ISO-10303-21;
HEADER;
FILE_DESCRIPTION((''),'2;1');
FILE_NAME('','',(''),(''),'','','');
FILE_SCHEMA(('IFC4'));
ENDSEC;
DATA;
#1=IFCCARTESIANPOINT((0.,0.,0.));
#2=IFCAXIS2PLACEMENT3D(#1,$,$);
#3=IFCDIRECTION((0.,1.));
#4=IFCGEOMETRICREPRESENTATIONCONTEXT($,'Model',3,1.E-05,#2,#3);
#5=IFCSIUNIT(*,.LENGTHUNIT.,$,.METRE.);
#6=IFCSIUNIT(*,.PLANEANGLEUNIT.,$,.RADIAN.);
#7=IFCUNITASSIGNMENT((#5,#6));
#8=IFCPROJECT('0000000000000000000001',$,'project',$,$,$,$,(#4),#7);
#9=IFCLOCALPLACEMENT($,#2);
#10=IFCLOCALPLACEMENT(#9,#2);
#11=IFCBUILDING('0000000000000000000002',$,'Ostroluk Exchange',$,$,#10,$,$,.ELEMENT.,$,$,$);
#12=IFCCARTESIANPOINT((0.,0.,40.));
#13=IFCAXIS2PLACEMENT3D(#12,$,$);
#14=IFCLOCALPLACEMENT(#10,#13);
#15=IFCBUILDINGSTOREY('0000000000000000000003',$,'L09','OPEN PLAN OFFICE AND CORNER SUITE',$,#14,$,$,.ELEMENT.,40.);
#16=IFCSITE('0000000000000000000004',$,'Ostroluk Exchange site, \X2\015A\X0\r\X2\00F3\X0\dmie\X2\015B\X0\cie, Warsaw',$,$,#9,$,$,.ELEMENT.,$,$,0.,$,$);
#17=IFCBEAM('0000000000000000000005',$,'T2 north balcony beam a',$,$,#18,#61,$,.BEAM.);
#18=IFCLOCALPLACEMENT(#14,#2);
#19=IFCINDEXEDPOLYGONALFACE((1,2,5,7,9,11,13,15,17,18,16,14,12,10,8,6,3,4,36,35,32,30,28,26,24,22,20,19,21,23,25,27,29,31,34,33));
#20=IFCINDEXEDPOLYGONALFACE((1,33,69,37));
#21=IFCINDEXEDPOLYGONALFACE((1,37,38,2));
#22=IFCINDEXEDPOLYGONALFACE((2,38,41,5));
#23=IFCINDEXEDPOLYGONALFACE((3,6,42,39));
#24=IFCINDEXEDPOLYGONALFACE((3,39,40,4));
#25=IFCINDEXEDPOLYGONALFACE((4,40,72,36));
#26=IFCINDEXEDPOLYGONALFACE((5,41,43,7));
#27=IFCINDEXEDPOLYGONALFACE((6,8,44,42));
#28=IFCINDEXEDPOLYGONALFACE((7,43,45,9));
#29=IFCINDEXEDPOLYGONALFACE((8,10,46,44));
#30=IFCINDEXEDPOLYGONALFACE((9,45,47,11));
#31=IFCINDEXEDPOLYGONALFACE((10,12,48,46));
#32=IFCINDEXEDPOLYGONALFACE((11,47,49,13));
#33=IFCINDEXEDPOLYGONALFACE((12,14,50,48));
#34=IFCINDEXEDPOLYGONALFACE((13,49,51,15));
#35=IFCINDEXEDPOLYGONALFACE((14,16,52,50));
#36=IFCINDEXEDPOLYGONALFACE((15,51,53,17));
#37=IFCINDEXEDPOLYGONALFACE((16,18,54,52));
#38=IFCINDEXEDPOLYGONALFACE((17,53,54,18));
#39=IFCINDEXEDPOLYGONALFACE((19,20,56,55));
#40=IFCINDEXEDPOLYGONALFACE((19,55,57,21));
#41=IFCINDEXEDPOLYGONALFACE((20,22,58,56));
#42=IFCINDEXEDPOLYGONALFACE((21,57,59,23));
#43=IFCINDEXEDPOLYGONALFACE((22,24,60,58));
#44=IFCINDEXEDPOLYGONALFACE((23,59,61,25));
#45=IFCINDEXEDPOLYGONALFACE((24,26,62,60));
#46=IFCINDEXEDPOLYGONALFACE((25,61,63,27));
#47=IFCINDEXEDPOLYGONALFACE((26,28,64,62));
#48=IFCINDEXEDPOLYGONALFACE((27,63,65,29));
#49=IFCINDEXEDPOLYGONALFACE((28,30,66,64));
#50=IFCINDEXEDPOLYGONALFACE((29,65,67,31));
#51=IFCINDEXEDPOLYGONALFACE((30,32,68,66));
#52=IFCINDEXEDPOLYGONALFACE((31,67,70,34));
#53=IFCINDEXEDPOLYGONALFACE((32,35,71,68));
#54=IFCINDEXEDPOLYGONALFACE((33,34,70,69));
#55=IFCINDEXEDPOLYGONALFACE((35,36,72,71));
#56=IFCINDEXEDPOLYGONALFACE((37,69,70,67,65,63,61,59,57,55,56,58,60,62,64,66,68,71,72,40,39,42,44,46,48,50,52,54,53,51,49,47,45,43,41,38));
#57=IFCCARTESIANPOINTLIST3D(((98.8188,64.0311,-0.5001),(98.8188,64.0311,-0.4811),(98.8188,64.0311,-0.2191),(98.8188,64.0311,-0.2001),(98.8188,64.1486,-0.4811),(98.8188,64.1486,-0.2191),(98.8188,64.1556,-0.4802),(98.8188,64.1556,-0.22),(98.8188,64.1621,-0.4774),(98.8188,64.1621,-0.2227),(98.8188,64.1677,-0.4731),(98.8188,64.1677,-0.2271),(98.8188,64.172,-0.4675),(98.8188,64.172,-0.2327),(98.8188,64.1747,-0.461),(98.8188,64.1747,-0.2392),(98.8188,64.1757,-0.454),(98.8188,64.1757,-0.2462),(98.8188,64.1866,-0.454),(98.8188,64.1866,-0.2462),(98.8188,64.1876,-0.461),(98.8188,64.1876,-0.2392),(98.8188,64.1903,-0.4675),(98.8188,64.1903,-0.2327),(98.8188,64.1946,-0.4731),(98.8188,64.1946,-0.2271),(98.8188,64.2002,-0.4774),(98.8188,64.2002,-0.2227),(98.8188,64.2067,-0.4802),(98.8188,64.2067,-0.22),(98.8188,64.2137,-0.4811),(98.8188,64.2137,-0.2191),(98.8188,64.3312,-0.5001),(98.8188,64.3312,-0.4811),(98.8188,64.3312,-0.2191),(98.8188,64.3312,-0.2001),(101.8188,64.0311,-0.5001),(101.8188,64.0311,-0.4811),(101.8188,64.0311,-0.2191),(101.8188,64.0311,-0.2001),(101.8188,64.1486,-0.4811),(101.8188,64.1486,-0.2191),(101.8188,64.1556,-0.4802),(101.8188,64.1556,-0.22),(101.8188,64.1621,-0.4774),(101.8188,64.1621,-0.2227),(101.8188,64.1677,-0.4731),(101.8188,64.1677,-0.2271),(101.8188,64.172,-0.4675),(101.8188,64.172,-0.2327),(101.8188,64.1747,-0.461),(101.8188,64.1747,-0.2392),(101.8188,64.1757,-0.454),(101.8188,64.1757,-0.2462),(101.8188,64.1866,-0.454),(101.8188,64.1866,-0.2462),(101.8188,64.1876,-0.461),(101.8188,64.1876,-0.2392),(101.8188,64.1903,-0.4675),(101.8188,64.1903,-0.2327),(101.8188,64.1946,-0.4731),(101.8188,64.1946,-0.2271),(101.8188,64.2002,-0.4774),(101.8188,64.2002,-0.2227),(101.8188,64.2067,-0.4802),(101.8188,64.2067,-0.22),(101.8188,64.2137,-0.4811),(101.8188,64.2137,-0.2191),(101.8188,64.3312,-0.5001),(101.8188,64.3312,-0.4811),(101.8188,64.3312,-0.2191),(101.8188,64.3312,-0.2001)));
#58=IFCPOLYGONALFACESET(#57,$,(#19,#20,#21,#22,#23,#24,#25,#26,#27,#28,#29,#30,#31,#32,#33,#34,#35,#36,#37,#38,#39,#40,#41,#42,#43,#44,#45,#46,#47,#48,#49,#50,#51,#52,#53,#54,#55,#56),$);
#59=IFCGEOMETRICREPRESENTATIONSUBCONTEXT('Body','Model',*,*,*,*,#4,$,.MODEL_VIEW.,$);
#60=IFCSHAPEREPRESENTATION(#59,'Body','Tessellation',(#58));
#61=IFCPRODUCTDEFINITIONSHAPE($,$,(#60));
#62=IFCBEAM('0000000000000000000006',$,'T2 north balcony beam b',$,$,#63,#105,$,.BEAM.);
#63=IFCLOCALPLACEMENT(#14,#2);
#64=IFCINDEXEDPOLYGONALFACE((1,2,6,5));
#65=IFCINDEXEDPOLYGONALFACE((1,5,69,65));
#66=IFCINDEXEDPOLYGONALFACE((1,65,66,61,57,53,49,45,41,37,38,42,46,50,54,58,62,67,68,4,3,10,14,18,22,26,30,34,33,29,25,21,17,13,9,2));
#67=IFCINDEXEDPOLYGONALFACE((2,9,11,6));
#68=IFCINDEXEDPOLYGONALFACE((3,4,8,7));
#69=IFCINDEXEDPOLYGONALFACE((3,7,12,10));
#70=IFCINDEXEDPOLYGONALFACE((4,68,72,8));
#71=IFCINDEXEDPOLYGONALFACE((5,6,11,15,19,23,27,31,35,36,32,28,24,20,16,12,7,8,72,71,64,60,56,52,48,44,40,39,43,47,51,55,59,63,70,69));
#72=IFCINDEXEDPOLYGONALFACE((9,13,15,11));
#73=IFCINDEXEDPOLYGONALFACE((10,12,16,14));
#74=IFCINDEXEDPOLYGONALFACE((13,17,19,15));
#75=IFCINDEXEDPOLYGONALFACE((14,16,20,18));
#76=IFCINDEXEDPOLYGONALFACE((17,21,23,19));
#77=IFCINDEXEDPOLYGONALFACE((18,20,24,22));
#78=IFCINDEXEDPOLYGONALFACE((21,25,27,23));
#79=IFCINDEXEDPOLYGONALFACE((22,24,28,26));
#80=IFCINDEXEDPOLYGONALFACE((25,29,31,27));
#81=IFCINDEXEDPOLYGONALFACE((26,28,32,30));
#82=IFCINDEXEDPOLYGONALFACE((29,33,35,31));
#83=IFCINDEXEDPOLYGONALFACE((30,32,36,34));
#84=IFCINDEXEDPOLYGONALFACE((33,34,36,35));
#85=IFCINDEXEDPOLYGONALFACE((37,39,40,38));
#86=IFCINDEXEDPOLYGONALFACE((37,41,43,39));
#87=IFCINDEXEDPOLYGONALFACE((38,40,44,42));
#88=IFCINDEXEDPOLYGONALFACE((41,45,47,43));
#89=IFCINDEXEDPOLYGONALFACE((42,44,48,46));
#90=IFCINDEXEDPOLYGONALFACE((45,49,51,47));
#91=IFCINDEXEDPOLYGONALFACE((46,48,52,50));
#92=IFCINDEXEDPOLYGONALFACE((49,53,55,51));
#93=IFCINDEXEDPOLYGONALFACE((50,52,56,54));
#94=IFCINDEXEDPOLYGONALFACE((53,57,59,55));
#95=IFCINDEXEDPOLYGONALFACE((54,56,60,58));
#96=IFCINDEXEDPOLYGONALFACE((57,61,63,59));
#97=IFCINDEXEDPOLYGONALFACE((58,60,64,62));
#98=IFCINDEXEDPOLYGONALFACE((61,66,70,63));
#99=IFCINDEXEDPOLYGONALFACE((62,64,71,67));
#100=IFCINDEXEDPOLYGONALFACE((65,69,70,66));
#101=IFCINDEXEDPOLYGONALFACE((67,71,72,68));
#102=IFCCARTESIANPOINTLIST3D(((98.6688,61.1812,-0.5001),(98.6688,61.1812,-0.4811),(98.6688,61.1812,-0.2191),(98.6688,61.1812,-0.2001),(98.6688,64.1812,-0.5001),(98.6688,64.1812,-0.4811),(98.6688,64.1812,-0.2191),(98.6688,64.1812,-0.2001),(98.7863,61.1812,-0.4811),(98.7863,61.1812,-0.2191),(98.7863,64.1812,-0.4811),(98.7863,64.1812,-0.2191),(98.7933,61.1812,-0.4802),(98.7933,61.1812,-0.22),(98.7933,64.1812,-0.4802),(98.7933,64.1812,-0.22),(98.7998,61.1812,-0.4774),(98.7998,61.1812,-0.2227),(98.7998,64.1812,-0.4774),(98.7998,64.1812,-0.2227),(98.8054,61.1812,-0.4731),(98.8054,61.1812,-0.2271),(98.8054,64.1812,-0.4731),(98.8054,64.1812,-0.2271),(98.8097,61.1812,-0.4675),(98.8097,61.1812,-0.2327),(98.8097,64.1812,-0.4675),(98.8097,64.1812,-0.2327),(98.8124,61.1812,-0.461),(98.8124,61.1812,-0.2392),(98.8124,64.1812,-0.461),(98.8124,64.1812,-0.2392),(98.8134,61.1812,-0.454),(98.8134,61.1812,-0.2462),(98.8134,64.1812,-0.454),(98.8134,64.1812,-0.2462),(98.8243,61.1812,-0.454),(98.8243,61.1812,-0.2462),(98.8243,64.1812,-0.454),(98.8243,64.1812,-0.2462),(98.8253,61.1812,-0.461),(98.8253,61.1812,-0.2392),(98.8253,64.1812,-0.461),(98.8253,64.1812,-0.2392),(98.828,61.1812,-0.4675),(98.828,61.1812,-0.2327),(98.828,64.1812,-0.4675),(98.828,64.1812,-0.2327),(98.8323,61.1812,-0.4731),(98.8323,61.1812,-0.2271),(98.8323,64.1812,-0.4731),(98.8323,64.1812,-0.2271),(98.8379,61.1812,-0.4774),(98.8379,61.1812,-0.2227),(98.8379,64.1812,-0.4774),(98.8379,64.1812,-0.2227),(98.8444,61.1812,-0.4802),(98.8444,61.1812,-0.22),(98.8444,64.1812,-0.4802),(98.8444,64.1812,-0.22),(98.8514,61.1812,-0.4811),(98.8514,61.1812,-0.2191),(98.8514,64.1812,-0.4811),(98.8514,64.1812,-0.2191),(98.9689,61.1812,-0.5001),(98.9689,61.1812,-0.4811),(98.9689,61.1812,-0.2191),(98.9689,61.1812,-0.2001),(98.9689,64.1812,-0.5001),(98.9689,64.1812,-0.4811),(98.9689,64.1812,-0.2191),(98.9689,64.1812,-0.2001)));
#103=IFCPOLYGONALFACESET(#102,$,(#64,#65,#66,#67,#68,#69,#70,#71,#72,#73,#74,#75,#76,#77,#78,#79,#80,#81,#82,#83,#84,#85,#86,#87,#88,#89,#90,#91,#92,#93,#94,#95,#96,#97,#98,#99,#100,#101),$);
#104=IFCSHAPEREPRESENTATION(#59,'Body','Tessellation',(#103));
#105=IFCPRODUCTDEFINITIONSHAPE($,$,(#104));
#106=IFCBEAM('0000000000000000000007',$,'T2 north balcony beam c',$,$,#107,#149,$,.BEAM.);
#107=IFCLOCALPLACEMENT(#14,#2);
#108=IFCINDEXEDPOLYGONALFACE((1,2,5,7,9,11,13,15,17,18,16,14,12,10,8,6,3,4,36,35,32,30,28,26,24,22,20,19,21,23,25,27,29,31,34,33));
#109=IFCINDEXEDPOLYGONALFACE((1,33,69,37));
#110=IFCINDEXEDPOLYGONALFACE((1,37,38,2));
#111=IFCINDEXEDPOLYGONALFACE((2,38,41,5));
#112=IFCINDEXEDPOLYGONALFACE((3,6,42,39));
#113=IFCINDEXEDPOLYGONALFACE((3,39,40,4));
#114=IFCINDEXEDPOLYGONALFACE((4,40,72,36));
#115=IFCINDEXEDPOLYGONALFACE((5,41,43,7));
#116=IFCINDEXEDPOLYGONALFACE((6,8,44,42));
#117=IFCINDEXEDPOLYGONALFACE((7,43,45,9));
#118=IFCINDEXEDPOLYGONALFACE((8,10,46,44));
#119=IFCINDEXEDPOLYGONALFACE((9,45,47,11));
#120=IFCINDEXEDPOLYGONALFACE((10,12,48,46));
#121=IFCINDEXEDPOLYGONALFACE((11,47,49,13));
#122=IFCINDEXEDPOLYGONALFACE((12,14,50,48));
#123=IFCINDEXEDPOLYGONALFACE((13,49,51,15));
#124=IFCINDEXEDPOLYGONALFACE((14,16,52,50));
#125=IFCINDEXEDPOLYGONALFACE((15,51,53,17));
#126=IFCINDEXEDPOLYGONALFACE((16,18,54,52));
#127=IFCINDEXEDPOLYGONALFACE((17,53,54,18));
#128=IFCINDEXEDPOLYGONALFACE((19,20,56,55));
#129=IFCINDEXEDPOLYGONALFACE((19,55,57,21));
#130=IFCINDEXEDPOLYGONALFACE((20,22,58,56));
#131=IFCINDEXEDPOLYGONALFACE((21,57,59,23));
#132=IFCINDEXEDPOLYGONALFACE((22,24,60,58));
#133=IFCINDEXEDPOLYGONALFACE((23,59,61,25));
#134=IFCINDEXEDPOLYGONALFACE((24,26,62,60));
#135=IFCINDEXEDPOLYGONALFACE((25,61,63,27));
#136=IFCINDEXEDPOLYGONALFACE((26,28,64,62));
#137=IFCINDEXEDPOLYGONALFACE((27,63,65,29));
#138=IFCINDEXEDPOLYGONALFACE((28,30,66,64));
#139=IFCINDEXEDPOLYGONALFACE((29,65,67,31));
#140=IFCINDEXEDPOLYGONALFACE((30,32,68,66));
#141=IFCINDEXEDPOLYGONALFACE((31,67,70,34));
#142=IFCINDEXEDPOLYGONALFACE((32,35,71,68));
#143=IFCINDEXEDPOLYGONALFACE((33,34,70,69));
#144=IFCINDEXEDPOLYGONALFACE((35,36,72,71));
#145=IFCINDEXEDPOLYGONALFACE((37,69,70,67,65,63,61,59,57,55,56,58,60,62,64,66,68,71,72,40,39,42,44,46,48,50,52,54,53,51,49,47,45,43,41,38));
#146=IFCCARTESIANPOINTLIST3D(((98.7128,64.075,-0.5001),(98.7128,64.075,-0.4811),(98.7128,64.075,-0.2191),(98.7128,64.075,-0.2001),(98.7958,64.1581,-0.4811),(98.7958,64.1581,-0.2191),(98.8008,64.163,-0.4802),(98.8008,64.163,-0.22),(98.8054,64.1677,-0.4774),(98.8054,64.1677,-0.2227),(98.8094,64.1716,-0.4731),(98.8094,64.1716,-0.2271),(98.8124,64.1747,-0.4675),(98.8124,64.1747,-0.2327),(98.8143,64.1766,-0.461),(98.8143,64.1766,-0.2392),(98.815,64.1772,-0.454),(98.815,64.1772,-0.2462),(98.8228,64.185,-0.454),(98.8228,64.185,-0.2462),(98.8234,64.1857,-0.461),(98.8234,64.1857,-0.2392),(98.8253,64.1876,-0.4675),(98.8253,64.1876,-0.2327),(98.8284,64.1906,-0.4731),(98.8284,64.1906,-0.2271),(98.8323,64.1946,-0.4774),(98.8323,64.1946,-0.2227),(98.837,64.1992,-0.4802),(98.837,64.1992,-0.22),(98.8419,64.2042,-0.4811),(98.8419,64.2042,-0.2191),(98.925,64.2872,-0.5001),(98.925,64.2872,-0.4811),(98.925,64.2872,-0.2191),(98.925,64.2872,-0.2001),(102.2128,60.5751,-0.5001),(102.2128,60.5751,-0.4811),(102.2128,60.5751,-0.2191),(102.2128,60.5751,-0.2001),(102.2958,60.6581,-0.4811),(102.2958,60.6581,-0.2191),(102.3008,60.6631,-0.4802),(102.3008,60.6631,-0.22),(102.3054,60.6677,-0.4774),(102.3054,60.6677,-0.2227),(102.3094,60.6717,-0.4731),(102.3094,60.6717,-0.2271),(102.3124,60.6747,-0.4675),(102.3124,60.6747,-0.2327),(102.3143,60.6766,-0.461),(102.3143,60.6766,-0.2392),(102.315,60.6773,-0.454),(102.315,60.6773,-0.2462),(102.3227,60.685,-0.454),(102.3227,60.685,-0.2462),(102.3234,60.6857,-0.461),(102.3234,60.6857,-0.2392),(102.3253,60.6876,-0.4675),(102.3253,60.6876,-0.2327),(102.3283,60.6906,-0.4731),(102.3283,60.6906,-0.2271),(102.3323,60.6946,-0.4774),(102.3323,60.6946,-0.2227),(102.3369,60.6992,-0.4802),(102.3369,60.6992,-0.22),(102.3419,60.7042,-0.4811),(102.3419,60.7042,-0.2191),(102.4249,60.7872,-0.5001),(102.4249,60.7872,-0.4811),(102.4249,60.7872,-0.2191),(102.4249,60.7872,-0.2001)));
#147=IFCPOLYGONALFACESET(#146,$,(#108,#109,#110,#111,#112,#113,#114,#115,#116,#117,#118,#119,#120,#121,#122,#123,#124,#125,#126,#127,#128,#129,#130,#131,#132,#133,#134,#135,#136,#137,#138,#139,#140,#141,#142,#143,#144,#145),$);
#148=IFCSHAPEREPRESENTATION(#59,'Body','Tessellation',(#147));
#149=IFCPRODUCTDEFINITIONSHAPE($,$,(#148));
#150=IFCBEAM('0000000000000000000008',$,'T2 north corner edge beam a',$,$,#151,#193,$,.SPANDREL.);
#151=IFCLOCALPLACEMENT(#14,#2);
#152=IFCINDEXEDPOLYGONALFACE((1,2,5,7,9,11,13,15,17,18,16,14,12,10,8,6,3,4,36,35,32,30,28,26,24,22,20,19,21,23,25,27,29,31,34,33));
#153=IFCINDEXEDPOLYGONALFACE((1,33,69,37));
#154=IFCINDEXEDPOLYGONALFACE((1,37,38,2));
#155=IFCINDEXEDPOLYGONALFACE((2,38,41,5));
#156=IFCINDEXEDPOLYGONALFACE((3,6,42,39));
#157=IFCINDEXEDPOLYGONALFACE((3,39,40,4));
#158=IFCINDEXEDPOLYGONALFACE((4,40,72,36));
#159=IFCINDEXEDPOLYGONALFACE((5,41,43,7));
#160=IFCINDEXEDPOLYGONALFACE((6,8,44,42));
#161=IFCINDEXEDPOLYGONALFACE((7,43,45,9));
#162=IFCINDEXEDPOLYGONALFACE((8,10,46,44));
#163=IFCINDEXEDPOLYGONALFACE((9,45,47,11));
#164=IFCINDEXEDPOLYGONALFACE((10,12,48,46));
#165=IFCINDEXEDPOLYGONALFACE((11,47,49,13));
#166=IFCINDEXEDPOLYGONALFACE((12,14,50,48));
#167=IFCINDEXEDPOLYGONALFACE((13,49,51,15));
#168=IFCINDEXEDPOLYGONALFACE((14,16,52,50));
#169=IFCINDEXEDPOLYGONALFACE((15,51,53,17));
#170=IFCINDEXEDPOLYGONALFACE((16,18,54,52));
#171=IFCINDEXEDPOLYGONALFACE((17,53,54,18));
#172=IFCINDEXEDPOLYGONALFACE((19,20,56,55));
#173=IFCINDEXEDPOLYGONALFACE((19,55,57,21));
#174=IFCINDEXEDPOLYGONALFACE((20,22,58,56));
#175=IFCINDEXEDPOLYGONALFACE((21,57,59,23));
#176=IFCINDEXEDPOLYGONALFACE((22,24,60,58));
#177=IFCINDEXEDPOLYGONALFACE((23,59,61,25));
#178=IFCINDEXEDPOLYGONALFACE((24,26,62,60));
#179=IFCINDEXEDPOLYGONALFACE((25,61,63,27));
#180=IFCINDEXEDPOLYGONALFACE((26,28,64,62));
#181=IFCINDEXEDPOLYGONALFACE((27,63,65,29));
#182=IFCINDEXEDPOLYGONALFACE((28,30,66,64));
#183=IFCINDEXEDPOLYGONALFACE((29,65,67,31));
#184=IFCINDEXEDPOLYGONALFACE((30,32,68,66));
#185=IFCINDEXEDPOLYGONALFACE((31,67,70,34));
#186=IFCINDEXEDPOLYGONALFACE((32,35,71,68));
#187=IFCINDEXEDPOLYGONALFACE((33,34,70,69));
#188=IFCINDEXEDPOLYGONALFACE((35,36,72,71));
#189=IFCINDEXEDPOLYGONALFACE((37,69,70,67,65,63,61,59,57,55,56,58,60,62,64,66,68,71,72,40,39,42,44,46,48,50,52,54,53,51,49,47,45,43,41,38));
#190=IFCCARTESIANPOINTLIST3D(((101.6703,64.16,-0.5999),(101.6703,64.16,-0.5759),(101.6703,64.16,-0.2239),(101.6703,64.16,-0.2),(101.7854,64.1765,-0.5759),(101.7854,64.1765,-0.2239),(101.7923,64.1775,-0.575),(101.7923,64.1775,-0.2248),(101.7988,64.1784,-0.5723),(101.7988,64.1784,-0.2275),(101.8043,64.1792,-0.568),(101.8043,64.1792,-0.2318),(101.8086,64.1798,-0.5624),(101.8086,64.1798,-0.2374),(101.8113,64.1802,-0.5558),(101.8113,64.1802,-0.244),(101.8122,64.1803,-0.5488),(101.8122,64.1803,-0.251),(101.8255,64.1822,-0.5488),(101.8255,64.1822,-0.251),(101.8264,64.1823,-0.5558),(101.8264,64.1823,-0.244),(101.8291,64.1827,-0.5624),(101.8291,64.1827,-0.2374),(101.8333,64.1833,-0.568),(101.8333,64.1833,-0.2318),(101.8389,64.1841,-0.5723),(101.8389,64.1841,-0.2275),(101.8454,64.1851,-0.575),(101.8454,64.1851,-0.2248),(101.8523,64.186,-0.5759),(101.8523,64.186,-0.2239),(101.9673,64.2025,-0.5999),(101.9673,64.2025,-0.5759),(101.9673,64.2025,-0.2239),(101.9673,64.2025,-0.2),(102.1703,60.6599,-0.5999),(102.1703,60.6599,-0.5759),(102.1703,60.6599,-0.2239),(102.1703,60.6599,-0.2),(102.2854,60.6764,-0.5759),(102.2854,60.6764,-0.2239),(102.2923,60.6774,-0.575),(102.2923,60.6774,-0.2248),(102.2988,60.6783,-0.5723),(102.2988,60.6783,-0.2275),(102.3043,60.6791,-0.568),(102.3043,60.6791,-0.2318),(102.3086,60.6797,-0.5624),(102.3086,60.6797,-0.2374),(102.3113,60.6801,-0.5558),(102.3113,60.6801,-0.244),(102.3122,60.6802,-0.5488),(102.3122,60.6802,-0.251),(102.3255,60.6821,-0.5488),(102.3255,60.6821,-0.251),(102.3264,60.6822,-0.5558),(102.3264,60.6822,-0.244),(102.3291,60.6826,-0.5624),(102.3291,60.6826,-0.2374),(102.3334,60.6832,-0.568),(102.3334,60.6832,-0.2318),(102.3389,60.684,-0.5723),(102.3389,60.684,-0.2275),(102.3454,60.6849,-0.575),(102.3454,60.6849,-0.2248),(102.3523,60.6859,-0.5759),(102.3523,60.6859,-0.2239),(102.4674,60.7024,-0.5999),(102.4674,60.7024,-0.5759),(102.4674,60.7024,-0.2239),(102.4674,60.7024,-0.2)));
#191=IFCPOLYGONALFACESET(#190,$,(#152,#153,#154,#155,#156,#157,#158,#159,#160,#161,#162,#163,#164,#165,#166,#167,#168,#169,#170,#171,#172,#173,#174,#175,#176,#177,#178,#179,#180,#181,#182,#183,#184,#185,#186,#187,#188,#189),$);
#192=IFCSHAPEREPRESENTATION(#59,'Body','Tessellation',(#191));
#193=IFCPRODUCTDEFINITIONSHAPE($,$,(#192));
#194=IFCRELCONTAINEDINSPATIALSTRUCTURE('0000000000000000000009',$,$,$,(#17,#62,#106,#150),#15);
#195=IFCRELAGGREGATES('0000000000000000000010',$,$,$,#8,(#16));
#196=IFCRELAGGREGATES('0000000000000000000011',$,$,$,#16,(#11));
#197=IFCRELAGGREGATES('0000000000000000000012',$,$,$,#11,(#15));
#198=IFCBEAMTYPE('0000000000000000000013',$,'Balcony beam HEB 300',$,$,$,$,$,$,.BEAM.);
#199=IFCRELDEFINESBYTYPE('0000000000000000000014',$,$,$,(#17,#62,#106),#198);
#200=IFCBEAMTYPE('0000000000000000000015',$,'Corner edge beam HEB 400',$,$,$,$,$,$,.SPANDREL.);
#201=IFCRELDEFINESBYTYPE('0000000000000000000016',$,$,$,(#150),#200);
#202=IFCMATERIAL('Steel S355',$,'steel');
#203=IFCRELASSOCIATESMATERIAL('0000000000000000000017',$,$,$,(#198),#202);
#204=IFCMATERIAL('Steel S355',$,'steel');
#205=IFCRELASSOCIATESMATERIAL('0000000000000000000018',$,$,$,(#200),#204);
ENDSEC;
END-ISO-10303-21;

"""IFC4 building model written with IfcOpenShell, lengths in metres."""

from ifc_helpers import new_model, si_unit, direction, frame, origin, origin_2d, place, context, subcontext, project, spatial, i_section, extrude, material, material_profile, profile_set, type_object, element, save


model = new_model("IFC4")

# Units and contexts
model_context = context("Model", 3, precision=1e-05, world=origin(), true_north=direction((0.0, 1.0)))
body_context = subcontext(model_context, "Body", "Model", "MODEL_VIEW")
ifc_project = project(units=[si_unit("LENGTHUNIT", "METRE"), si_unit("PLANEANGLEUNIT", "RADIAN")], contexts=[model_context])

# Site, building, storey
site_placement = place(None, origin())
site = spatial("IfcSite", under=ifc_project, at=site_placement, Name="Ostroluk Exchange site, Śródmieście, Warsaw", CompositionType="ELEMENT", RefElevation=0.0)
building_placement = place(site_placement, origin())
building = spatial("IfcBuilding", under=site, at=building_placement, Name="Ostroluk Exchange", CompositionType="ELEMENT")
storey_placement = place(building_placement, frame((0.0, 0.0, 40.0)))
storey = spatial("IfcBuildingStorey", under=building, at=storey_placement, Name="L09", Description="OPEN PLAN OFFICE AND CORNER SUITE", CompositionType="ELEMENT", Elevation=40.0)

# Beams
ifc_material_1 = material(Name="Steel S355", Category="steel")
ifc_material_profile_1 = material_profile(ifc_material_1, i_section(OverallWidth=0.3, OverallDepth=0.3, WebThickness=0.011, FlangeThickness=0.019, FilletRadius=0.0271, at=origin_2d()), Name="HEB 300")
ifc_profile_set_1 = profile_set([ifc_material_profile_1], Name="Steel S355")
beam_type_1 = type_object("IfcBeamType", Name="Balcony beam HEB 300", PredefinedType="BEAM", material=ifc_profile_set_1)
for number, where, z_axis, x_axis, name in (
    (1, (101.8188, 64.1812, -0.3501), (-1.0, 0.0, 0.0), (0.0, -1.0, 0.0), "T2 north balcony beam a"),
    (2, (98.8188, 61.1812, -0.3501), (0.0, 1.0, 0.0), (-1.0, 0.0, 0.0), "T2 north balcony beam b"),
):
    element("IfcBeam", number, at=place(storey_placement, frame(where, z_axis=z_axis, x_axis=x_axis)), inside=storey, type_object=beam_type_1, Name=name, PredefinedType="BEAM", context=body_context, shape_type="SweptSolid", body=[
        extrude(i_section(OverallWidth=0.3, OverallDepth=0.3, WebThickness=0.011, FlangeThickness=0.019, FilletRadius=0.0271, at=origin_2d()), origin(), (0.0, 0.0, 1.0), 3.0),
    ])
beam_1_placement = place(storey_placement, frame((102.3188, 60.6812, -0.3501), z_axis=(-0.707107, 0.707107, 0.0), x_axis=(-0.707107, -0.707107, 0.0)))
element("IfcBeam", 3, at=beam_1_placement, inside=storey, type_object=beam_type_1, Name="T2 north balcony beam c", PredefinedType="BEAM", context=body_context, shape_type="SweptSolid", body=[
    extrude(i_section(OverallWidth=0.3, OverallDepth=0.3, WebThickness=0.011, FlangeThickness=0.019, FilletRadius=0.0271, at=origin_2d()), origin(), (0.0, 0.0, 1.0), 4.9497),
])
ifc_material_2 = material(Name="Steel S355", Category="steel")
ifc_material_profile_2 = material_profile(ifc_material_2, i_section(OverallWidth=0.3, OverallDepth=0.3999, WebThickness=0.0134, FlangeThickness=0.0239, FilletRadius=0.0271, at=origin_2d()), Name="HEB 400")
ifc_profile_set_2 = profile_set([ifc_material_profile_2], Name="Steel S355")
beam_type_2 = type_object("IfcBeamType", Name="Corner edge beam HEB 400", PredefinedType="SPANDREL", material=ifc_profile_set_2)
for number, where, z_axis, x_axis, name in (
    (4, (102.3188, 60.6812, -0.3999), (-0.141421, 0.989949, 0.0), (-0.989949, -0.141421, 0.0), "T2 north corner edge beam a"),
):
    element("IfcBeam", number, at=place(storey_placement, frame(where, z_axis=z_axis, x_axis=x_axis)), inside=storey, type_object=beam_type_2, Name=name, PredefinedType="SPANDREL", context=body_context, shape_type="SweptSolid", body=[
        extrude(i_section(OverallWidth=0.3, OverallDepth=0.3999, WebThickness=0.0134, FlangeThickness=0.0239, FilletRadius=0.0271, at=origin_2d()), origin(), (0.0, 0.0, 1.0), 3.5356),
    ])

save(model, "model.ifc")
